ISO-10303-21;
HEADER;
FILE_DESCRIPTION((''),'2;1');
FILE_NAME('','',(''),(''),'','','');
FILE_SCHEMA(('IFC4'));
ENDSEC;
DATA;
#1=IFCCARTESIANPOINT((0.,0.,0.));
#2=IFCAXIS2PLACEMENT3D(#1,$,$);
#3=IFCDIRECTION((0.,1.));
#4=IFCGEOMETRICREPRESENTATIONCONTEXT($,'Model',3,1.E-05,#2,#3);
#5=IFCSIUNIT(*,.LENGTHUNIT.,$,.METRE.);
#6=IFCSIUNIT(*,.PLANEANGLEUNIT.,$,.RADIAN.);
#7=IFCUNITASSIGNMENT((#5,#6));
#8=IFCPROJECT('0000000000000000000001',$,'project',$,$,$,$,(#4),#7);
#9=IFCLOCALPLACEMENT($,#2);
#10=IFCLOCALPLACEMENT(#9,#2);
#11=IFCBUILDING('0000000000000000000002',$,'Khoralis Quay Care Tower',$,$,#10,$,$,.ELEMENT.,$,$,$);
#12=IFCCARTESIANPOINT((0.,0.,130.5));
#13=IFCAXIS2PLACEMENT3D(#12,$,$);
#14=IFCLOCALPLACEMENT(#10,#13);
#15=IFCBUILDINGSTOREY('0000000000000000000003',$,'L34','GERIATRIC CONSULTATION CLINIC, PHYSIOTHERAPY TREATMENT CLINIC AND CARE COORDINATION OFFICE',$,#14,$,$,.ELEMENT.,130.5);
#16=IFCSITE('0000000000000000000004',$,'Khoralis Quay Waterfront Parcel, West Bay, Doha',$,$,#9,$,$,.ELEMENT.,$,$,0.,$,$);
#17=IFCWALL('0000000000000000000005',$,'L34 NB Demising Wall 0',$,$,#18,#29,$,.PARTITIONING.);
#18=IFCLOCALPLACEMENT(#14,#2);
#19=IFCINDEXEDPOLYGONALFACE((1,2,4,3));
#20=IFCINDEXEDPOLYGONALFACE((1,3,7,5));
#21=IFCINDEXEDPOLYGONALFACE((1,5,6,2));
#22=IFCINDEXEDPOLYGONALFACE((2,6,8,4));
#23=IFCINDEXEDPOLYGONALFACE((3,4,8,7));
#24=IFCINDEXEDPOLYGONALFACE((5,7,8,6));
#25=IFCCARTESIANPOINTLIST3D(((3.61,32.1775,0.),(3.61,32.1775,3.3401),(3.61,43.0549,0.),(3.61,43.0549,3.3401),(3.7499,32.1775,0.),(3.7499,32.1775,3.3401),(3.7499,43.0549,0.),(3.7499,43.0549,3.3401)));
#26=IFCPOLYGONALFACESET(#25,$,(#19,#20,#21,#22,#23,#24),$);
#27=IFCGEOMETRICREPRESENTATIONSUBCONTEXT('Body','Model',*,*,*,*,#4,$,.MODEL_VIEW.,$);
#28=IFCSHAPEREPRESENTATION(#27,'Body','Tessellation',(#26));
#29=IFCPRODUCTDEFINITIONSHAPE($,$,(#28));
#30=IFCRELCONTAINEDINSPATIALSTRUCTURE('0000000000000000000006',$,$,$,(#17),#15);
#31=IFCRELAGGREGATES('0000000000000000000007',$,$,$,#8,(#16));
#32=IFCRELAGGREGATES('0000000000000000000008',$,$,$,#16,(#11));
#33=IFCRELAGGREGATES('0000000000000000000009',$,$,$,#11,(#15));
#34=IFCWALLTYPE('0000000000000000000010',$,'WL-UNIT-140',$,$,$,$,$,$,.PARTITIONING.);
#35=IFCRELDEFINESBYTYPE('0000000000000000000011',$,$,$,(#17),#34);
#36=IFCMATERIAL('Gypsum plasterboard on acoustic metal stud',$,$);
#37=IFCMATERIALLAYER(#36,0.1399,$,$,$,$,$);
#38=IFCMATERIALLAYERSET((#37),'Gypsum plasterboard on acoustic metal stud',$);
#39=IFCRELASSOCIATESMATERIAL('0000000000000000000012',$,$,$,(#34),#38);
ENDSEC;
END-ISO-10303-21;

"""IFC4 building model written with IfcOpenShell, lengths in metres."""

from ifc_helpers import new_model, si_unit, direction, frame, frame_2d, origin, place, context, subcontext, project, spatial, rectangle, extrude, material, layer, layer_set, type_object, element, save


model = new_model("IFC4")

# Units and contexts
model_context = context("Model", 3, precision=1e-05, world=origin(), true_north=direction((0.0, 1.0)))
body_context = subcontext(model_context, "Body", "Model", "MODEL_VIEW")
ifc_project = project(units=[si_unit("LENGTHUNIT", "METRE"), si_unit("PLANEANGLEUNIT", "RADIAN")], contexts=[model_context])

# Site, building, storey
site_placement = place(None, origin())
site = spatial("IfcSite", under=ifc_project, at=site_placement, Name="Khoralis Quay Waterfront Parcel, West Bay, Doha", CompositionType="ELEMENT", RefElevation=0.0)
building_placement = place(site_placement, origin())
building = spatial("IfcBuilding", under=site, at=building_placement, Name="Khoralis Quay Care Tower", CompositionType="ELEMENT")
storey_placement = place(building_placement, frame((0.0, 0.0, 130.5)))
storey = spatial("IfcBuildingStorey", under=building, at=storey_placement, Name="L34", Description="GERIATRIC CONSULTATION CLINIC, PHYSIOTHERAPY TREATMENT CLINIC AND CARE COORDINATION OFFICE", CompositionType="ELEMENT", Elevation=130.5)

# Shared definitions
ifc_material_1 = material(Name="Gypsum plasterboard on acoustic metal stud")

# Wall
ifc_layer_1 = layer(ifc_material_1, 0.1399)
ifc_layer_set_1 = layer_set([ifc_layer_1], Name="Gypsum plasterboard on acoustic metal stud")
wall_type_1 = type_object("IfcWallType", Name="WL-UNIT-140", PredefinedType="PARTITIONING", material=ifc_layer_set_1)
wall_1_placement = place(storey_placement, frame((3.6799, 32.1775, 0.0), z_axis=(0.0, 0.0, 1.0), x_axis=(0.0, 1.0, 0.0)))
element("IfcWall", 1, at=wall_1_placement, inside=storey, type_object=wall_type_1, Name="L34 NB Demising Wall 0", PredefinedType="PARTITIONING", context=body_context, shape_type="SweptSolid", body=[
    extrude(rectangle(XDim=10.8774, YDim=0.1399, at=frame_2d((5.4387, 0.0))), origin(), (0.0, 0.0, 1.0), 3.3401),
])

save(model, "model.ifc")
